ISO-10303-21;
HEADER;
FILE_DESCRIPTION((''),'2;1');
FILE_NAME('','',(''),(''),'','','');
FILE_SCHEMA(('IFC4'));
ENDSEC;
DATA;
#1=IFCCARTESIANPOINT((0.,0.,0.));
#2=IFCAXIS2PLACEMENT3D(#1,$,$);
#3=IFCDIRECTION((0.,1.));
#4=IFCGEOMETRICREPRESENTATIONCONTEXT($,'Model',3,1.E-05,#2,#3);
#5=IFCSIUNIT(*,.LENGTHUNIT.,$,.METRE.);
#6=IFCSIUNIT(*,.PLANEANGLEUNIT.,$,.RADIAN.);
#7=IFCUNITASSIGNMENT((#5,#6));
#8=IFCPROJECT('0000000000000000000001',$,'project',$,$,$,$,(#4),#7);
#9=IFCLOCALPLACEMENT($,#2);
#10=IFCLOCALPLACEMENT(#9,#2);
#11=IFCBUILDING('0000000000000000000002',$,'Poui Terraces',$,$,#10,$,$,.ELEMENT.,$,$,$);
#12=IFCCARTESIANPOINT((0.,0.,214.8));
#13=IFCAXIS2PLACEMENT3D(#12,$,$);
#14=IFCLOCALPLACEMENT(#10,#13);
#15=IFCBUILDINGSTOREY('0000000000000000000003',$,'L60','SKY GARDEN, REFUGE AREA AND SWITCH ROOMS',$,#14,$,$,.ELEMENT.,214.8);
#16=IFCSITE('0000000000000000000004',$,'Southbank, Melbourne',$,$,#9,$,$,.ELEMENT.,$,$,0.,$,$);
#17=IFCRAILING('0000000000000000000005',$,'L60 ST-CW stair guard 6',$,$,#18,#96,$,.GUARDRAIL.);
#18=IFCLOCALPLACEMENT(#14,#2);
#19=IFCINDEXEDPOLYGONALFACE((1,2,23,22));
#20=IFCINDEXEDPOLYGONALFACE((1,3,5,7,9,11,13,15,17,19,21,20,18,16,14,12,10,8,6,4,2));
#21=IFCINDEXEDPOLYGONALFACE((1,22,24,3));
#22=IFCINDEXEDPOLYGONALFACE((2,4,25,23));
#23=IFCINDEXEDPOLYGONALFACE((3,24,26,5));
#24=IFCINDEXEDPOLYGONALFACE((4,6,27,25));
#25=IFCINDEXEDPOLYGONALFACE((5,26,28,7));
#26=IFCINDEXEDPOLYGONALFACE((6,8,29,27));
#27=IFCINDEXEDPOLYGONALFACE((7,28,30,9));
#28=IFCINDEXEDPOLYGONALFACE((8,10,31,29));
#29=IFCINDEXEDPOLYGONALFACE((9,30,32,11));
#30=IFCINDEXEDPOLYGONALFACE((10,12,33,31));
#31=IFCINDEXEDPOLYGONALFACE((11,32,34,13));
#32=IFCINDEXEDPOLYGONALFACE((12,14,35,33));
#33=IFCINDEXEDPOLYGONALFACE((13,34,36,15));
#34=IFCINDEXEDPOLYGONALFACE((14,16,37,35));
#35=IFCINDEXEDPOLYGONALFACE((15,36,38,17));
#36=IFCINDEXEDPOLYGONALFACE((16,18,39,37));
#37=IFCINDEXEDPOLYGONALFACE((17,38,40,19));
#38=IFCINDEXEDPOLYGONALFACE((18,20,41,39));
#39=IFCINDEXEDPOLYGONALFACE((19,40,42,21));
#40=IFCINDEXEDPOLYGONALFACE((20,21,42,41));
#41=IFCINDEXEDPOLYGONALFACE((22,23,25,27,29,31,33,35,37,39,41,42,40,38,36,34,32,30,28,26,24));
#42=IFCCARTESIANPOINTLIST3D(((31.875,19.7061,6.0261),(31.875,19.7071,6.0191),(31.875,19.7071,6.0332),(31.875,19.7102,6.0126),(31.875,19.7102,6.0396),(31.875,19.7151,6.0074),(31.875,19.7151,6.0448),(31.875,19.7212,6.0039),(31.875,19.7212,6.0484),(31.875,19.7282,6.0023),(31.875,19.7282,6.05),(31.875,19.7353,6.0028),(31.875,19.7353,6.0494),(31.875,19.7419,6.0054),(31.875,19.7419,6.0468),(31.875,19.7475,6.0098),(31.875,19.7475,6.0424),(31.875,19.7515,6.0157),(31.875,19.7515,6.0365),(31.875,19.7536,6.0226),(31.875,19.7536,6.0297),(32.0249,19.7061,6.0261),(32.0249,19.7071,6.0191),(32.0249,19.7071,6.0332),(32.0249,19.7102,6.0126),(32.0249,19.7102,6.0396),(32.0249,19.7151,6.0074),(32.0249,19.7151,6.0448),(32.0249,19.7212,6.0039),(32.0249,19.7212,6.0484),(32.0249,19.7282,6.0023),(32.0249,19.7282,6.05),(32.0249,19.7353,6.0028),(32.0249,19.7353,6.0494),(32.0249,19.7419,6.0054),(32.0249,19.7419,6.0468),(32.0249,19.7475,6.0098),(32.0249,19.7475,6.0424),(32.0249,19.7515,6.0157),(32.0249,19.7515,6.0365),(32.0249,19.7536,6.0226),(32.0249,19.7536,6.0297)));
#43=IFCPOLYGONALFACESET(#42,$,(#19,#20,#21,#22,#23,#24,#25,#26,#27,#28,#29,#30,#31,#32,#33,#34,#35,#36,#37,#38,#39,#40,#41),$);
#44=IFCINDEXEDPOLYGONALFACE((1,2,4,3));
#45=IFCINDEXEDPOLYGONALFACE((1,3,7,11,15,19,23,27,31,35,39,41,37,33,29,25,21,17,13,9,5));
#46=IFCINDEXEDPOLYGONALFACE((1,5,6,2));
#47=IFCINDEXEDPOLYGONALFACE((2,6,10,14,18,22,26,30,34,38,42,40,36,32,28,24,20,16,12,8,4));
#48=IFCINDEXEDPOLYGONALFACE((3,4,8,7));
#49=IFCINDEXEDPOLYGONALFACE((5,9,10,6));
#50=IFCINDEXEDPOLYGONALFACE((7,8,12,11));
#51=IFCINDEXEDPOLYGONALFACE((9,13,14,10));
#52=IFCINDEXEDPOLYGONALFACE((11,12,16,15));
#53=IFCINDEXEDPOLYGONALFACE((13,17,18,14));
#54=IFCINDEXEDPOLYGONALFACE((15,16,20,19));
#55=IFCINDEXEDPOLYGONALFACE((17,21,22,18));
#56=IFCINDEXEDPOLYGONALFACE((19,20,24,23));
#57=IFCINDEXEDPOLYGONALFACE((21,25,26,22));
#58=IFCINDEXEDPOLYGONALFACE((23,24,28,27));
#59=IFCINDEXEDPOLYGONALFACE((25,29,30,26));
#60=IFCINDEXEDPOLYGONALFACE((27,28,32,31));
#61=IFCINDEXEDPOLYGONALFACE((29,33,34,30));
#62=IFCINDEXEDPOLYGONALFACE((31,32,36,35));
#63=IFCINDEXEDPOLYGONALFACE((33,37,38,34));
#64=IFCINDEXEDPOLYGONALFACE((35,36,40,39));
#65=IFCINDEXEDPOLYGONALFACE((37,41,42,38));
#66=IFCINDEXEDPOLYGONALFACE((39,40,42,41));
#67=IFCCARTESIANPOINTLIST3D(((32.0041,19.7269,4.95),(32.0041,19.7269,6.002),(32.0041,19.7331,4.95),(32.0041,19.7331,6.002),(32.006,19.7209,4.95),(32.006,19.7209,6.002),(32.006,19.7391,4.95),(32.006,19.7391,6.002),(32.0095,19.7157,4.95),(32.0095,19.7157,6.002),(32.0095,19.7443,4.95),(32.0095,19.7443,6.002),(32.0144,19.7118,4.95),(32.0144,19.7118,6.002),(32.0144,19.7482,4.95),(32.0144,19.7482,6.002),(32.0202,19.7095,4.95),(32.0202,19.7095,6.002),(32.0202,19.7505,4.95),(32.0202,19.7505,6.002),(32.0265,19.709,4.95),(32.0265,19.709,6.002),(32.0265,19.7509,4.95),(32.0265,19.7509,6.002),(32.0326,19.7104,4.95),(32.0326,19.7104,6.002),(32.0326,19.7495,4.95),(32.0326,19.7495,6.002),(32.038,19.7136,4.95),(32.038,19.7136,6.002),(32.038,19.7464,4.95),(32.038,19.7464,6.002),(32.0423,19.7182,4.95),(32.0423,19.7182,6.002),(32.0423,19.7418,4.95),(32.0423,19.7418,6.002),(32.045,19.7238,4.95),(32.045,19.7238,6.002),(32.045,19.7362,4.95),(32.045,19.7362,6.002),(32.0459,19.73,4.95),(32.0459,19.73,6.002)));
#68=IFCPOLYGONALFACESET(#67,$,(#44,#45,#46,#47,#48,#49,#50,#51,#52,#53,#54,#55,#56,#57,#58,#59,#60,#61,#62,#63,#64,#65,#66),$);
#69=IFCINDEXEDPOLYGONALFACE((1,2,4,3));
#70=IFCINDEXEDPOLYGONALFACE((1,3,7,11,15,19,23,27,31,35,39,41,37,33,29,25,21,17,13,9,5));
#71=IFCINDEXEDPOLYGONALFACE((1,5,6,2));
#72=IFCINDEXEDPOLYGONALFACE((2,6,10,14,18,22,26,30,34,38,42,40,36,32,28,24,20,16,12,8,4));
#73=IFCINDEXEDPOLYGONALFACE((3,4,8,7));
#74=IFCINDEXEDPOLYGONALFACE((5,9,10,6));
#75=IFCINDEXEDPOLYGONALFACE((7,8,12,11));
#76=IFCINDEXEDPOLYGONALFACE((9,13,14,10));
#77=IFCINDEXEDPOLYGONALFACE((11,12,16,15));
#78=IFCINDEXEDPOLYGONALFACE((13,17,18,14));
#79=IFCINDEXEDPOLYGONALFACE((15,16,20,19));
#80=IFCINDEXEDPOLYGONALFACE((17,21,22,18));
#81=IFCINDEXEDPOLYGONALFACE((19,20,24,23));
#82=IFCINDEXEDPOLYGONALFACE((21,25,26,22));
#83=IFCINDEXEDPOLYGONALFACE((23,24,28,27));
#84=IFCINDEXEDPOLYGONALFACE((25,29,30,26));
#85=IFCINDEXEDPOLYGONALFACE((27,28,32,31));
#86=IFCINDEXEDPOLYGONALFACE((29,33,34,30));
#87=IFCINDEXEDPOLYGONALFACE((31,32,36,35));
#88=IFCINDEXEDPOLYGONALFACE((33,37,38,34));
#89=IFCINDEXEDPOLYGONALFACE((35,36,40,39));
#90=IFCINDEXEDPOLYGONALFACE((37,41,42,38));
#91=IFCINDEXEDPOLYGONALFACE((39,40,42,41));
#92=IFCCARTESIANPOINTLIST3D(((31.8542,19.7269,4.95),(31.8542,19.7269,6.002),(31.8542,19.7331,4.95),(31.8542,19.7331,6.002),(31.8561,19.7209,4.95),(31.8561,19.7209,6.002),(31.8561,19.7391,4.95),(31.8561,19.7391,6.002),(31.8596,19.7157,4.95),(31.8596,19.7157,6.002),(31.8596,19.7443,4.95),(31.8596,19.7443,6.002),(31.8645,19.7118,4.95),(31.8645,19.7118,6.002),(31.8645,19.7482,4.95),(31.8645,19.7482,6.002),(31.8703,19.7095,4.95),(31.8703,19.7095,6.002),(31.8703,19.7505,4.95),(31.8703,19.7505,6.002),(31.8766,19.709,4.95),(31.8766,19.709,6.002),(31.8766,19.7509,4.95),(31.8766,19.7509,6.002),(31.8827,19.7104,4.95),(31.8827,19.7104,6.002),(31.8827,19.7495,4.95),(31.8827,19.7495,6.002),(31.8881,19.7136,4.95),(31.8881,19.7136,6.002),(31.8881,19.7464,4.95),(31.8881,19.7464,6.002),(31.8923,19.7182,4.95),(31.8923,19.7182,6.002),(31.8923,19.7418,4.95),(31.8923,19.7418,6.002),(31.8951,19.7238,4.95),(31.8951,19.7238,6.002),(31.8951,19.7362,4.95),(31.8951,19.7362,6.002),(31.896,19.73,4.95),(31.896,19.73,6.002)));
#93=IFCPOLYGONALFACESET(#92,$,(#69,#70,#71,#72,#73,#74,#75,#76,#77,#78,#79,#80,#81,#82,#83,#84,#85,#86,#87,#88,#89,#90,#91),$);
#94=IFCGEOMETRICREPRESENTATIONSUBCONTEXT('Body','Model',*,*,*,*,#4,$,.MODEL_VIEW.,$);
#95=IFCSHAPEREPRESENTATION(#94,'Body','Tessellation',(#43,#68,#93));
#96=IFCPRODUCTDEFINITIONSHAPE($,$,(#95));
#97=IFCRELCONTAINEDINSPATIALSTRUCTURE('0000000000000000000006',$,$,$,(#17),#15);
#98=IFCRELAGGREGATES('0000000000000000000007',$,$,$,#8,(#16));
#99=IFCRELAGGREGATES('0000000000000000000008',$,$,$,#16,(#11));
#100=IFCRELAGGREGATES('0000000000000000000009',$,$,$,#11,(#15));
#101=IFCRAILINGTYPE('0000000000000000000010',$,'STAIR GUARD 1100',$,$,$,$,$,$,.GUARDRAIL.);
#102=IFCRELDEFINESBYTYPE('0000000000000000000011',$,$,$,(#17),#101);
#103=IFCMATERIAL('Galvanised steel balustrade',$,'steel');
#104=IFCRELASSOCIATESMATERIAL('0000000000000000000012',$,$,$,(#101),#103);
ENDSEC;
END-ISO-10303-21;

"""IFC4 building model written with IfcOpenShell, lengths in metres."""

from ifc_helpers import new_model, si_unit, direction, frame, origin, origin_2d, place, context, subcontext, project, spatial, circle, extrude, material, type_object, element, save


model = new_model("IFC4")

# Units and contexts
model_context = context("Model", 3, precision=1e-05, world=origin(), true_north=direction((0.0, 1.0)))
body_context = subcontext(model_context, "Body", "Model", "MODEL_VIEW")
ifc_project = project(units=[si_unit("LENGTHUNIT", "METRE"), si_unit("PLANEANGLEUNIT", "RADIAN")], contexts=[model_context])

# Site, building, storey
site_placement = place(None, origin())
site = spatial("IfcSite", under=ifc_project, at=site_placement, Name="Southbank, Melbourne", CompositionType="ELEMENT", RefElevation=0.0)
building_placement = place(site_placement, origin())
building = spatial("IfcBuilding", under=site, at=building_placement, Name="Poui Terraces", CompositionType="ELEMENT")
storey_placement = place(building_placement, frame((0.0, 0.0, 214.8)))
storey = spatial("IfcBuildingStorey", under=building, at=storey_placement, Name="L60", Description="SKY GARDEN, REFUGE AREA AND SWITCH ROOMS", CompositionType="ELEMENT", Elevation=214.8)

# Railing
ifc_material_1 = material(Name="Galvanised steel balustrade", Category="steel")
railing_type = type_object("IfcRailingType", Name="STAIR GUARD 1100", PredefinedType="GUARDRAIL", material=ifc_material_1)
for number, where, name in (
    (1, (32.0249, 19.73, 4.95), "L60 ST-CW stair guard 6"),
):
    element("IfcRailing", number, at=place(storey_placement, frame(where)), inside=storey, type_object=railing_type, Name=name, PredefinedType="GUARDRAIL", context=body_context, shape_type="SweptSolid", body=[
        extrude(circle(Radius=0.0239, at=origin_2d()), frame((0.0, 0.0, 1.0762), z_axis=(-1.0, 0.0, 0.0), x_axis=(0.0, -1.0, 0.0)), (0.0, 0.0, 1.0), 0.1499),
        extrude(circle(Radius=0.021, at=origin_2d()), origin(), (0.0, 0.0, 1.0), 1.052),
        extrude(circle(Radius=0.021, at=origin_2d()), frame((-0.1499, 0.0, 0.0)), (0.0, 0.0, 1.0), 1.052),
    ])

save(model, "model.ifc")
